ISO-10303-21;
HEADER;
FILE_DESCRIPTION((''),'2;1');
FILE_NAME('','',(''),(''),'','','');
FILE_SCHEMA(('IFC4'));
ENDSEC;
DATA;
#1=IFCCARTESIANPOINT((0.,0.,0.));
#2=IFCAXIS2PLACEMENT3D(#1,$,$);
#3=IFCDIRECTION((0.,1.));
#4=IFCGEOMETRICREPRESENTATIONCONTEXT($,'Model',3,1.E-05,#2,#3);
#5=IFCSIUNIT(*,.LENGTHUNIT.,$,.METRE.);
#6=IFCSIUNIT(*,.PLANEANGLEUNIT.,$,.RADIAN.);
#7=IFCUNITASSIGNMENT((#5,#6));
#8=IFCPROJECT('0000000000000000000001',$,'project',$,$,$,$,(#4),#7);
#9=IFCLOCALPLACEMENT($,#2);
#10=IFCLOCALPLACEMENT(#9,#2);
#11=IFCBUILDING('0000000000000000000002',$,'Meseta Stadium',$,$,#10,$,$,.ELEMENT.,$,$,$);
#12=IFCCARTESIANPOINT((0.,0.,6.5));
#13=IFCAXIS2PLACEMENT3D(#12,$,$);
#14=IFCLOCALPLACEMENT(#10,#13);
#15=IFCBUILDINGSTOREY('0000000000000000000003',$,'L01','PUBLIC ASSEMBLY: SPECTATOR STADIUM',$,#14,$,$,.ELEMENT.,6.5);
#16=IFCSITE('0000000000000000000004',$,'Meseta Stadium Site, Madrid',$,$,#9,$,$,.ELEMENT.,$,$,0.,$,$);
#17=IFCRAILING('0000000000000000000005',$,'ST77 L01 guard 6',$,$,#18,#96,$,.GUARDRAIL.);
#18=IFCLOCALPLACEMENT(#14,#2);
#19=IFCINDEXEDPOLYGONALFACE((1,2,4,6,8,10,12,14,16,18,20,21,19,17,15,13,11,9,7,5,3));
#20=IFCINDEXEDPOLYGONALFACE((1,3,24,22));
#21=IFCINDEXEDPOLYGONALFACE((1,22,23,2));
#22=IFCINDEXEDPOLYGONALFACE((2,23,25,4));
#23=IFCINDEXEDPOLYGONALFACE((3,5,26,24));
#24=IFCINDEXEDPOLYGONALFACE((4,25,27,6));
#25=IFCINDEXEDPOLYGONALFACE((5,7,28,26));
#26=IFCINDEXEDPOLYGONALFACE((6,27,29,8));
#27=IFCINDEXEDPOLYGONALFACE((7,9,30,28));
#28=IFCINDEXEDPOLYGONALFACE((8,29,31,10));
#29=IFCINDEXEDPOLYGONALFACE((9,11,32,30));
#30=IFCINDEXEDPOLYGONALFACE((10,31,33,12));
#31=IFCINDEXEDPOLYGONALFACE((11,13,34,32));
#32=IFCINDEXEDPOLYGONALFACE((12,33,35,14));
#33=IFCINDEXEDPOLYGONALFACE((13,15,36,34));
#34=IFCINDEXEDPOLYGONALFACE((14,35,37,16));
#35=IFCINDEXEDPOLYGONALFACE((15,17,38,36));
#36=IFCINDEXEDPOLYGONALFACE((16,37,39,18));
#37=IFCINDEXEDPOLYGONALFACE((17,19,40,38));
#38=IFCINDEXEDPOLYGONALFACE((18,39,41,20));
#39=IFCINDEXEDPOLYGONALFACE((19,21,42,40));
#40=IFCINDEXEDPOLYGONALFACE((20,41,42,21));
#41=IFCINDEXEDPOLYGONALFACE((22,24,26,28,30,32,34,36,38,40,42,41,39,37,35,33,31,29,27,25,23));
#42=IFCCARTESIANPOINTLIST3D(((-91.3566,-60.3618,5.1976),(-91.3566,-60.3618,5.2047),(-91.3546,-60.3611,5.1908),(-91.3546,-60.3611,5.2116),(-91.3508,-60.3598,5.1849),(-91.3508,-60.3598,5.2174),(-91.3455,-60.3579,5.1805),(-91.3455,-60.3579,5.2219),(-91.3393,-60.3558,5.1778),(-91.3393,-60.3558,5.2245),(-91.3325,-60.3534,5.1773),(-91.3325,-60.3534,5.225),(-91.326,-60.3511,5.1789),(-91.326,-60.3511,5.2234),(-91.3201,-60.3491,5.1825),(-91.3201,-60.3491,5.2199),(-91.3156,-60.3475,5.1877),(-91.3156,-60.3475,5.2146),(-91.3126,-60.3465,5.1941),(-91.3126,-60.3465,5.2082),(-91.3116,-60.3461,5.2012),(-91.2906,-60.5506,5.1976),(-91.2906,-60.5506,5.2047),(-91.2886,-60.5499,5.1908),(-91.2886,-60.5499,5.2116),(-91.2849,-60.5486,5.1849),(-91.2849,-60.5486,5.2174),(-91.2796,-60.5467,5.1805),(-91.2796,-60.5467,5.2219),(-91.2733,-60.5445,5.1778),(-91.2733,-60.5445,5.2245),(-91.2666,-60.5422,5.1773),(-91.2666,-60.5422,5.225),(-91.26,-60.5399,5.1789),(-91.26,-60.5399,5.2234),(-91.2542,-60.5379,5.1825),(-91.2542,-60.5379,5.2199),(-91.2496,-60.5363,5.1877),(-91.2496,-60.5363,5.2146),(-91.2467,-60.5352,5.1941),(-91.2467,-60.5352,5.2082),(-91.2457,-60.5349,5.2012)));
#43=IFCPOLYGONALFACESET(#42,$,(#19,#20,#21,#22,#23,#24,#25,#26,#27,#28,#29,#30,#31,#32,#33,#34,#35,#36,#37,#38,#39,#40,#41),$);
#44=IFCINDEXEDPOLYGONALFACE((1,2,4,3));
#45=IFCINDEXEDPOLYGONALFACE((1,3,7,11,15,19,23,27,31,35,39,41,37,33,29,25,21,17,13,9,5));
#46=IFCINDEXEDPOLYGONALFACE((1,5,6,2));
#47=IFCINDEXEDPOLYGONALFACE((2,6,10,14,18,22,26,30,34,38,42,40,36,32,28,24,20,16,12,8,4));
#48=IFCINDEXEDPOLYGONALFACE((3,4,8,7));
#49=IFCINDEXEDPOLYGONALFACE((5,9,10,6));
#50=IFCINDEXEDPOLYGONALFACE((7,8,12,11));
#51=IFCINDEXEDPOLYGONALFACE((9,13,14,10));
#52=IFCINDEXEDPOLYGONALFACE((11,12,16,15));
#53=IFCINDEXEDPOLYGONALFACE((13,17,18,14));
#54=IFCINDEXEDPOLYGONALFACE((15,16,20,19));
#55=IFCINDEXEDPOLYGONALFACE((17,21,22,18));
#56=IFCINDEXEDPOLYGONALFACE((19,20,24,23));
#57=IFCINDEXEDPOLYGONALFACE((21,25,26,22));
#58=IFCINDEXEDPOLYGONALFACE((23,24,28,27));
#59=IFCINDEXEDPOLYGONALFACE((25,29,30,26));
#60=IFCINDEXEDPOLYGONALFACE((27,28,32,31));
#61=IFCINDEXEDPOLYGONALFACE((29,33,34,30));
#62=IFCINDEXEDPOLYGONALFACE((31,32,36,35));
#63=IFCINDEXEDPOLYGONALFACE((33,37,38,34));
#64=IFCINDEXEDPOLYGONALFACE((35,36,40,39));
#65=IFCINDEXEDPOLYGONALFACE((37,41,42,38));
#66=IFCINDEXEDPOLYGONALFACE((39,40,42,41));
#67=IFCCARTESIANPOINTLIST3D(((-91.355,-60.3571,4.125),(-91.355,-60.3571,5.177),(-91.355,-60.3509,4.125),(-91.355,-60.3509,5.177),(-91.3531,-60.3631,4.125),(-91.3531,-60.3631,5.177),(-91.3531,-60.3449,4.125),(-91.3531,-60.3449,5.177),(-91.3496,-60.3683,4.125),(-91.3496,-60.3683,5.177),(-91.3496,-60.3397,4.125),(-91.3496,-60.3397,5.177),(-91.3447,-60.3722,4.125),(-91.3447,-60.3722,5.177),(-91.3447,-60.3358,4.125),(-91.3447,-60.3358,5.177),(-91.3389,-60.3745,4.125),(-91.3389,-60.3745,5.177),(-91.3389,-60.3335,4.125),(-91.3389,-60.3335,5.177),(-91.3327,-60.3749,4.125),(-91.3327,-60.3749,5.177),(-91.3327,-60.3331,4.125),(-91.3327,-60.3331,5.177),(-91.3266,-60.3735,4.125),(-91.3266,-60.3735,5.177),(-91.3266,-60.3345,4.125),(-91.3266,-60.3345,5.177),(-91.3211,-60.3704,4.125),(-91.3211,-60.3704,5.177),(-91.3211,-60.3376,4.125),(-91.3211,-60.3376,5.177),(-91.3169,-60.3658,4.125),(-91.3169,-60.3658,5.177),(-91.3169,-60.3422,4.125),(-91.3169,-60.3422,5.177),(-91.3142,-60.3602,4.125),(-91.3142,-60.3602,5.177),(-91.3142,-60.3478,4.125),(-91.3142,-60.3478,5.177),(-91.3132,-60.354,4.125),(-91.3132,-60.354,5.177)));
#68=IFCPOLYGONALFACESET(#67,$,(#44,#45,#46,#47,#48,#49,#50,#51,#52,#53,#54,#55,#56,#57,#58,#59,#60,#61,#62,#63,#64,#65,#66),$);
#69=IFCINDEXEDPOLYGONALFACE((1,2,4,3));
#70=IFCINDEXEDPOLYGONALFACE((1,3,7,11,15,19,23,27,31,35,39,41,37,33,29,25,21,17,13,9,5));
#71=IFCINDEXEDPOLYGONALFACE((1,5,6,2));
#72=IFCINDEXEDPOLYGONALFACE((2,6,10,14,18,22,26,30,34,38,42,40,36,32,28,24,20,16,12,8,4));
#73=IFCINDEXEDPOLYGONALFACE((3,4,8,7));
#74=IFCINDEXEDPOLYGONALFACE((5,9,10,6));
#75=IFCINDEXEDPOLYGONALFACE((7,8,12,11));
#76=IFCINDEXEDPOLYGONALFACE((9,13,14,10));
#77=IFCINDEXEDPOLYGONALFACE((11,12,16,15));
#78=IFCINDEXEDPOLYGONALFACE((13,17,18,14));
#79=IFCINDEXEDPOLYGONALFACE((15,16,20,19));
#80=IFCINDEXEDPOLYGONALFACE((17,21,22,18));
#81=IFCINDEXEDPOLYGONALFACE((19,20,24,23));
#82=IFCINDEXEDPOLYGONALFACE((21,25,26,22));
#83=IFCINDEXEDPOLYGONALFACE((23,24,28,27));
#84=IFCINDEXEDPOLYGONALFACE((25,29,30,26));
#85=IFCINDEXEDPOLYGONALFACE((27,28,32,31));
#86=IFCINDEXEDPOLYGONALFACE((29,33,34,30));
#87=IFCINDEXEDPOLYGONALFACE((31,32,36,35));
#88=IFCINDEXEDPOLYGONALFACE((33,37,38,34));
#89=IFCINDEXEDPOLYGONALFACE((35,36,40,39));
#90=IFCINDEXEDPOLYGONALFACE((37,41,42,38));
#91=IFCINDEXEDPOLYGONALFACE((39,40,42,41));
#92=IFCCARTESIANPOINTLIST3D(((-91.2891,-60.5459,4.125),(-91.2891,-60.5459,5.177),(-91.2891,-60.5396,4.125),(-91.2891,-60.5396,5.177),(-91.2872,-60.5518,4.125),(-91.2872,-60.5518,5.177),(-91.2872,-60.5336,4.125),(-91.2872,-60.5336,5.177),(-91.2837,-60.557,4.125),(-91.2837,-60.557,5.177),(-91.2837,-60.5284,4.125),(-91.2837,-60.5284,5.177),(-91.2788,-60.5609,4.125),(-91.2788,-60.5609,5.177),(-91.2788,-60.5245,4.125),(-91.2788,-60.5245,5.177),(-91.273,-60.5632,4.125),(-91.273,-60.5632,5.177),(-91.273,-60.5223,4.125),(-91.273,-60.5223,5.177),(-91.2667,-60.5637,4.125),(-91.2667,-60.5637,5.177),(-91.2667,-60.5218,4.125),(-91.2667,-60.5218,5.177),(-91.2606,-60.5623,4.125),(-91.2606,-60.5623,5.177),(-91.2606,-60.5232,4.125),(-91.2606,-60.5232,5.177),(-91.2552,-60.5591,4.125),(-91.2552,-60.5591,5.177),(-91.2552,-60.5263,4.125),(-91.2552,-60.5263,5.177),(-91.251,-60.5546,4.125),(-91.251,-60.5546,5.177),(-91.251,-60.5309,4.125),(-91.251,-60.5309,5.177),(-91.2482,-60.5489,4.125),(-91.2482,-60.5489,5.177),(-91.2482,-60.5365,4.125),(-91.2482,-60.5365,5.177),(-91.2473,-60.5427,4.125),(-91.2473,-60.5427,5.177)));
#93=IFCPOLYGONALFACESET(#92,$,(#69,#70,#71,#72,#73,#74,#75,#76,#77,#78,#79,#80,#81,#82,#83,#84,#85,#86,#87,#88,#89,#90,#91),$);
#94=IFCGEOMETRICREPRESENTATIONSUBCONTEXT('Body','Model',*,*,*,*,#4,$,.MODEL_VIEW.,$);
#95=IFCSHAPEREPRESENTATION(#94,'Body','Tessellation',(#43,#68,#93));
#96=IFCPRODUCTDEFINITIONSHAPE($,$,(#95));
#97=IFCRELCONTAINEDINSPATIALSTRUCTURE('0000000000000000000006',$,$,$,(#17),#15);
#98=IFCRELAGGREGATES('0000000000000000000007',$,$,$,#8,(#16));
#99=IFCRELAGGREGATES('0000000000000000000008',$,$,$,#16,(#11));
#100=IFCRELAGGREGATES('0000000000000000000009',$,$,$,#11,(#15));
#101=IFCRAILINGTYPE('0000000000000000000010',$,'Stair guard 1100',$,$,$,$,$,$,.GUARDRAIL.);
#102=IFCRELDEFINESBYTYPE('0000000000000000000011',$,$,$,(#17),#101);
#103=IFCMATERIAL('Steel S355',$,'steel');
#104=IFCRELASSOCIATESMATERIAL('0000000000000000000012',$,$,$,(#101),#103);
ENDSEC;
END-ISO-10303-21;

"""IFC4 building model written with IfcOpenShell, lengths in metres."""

from ifc_helpers import new_model, si_unit, direction, frame, origin, origin_2d, place, context, subcontext, project, spatial, circle, extrude, material, type_object, element, save


model = new_model("IFC4")

# Units and contexts
model_context = context("Model", 3, precision=1e-05, world=origin(), true_north=direction((0.0, 1.0)))
body_context = subcontext(model_context, "Body", "Model", "MODEL_VIEW")
ifc_project = project(units=[si_unit("LENGTHUNIT", "METRE"), si_unit("PLANEANGLEUNIT", "RADIAN")], contexts=[model_context])

# Site, building, storey
site_placement = place(None, origin())
site = spatial("IfcSite", under=ifc_project, at=site_placement, Name="Meseta Stadium Site, Madrid", CompositionType="ELEMENT", RefElevation=0.0)
building_placement = place(site_placement, origin())
building = spatial("IfcBuilding", under=site, at=building_placement, Name="Meseta Stadium", CompositionType="ELEMENT")
storey_placement = place(building_placement, frame((0.0, 0.0, 6.5)))
storey = spatial("IfcBuildingStorey", under=building, at=storey_placement, Name="L01", Description="PUBLIC ASSEMBLY: SPECTATOR STADIUM", CompositionType="ELEMENT", Elevation=6.5)

# Railing
ifc_material_1 = material(Name="Steel S355", Category="steel")
railing_type = type_object("IfcRailingType", Name="Stair guard 1100", PredefinedType="GUARDRAIL", material=ifc_material_1)
railing_1_placement = place(storey_placement, frame((-91.3342, -60.354, 4.125)))
element("IfcRailing", 1, at=railing_1_placement, inside=storey, type_object=railing_type, Name="ST77 L01 guard 6", PredefinedType="GUARDRAIL", context=body_context, shape_type="SweptSolid", body=[
    extrude(circle(Radius=0.0239, at=origin_2d()), frame((0.0, 0.0, 1.0762), z_axis=(0.329752, -0.944068, 0.0), x_axis=(0.944068, 0.329752, 0.0)), (0.0, 0.0, 1.0), 0.2),
    extrude(circle(Radius=0.021, at=origin_2d()), origin(), (0.0, 0.0, 1.0), 1.052),
    extrude(circle(Radius=0.021, at=origin_2d()), frame((0.0659, -0.1887, 0.0)), (0.0, 0.0, 1.0), 1.052),
])

save(model, "model.ifc")
